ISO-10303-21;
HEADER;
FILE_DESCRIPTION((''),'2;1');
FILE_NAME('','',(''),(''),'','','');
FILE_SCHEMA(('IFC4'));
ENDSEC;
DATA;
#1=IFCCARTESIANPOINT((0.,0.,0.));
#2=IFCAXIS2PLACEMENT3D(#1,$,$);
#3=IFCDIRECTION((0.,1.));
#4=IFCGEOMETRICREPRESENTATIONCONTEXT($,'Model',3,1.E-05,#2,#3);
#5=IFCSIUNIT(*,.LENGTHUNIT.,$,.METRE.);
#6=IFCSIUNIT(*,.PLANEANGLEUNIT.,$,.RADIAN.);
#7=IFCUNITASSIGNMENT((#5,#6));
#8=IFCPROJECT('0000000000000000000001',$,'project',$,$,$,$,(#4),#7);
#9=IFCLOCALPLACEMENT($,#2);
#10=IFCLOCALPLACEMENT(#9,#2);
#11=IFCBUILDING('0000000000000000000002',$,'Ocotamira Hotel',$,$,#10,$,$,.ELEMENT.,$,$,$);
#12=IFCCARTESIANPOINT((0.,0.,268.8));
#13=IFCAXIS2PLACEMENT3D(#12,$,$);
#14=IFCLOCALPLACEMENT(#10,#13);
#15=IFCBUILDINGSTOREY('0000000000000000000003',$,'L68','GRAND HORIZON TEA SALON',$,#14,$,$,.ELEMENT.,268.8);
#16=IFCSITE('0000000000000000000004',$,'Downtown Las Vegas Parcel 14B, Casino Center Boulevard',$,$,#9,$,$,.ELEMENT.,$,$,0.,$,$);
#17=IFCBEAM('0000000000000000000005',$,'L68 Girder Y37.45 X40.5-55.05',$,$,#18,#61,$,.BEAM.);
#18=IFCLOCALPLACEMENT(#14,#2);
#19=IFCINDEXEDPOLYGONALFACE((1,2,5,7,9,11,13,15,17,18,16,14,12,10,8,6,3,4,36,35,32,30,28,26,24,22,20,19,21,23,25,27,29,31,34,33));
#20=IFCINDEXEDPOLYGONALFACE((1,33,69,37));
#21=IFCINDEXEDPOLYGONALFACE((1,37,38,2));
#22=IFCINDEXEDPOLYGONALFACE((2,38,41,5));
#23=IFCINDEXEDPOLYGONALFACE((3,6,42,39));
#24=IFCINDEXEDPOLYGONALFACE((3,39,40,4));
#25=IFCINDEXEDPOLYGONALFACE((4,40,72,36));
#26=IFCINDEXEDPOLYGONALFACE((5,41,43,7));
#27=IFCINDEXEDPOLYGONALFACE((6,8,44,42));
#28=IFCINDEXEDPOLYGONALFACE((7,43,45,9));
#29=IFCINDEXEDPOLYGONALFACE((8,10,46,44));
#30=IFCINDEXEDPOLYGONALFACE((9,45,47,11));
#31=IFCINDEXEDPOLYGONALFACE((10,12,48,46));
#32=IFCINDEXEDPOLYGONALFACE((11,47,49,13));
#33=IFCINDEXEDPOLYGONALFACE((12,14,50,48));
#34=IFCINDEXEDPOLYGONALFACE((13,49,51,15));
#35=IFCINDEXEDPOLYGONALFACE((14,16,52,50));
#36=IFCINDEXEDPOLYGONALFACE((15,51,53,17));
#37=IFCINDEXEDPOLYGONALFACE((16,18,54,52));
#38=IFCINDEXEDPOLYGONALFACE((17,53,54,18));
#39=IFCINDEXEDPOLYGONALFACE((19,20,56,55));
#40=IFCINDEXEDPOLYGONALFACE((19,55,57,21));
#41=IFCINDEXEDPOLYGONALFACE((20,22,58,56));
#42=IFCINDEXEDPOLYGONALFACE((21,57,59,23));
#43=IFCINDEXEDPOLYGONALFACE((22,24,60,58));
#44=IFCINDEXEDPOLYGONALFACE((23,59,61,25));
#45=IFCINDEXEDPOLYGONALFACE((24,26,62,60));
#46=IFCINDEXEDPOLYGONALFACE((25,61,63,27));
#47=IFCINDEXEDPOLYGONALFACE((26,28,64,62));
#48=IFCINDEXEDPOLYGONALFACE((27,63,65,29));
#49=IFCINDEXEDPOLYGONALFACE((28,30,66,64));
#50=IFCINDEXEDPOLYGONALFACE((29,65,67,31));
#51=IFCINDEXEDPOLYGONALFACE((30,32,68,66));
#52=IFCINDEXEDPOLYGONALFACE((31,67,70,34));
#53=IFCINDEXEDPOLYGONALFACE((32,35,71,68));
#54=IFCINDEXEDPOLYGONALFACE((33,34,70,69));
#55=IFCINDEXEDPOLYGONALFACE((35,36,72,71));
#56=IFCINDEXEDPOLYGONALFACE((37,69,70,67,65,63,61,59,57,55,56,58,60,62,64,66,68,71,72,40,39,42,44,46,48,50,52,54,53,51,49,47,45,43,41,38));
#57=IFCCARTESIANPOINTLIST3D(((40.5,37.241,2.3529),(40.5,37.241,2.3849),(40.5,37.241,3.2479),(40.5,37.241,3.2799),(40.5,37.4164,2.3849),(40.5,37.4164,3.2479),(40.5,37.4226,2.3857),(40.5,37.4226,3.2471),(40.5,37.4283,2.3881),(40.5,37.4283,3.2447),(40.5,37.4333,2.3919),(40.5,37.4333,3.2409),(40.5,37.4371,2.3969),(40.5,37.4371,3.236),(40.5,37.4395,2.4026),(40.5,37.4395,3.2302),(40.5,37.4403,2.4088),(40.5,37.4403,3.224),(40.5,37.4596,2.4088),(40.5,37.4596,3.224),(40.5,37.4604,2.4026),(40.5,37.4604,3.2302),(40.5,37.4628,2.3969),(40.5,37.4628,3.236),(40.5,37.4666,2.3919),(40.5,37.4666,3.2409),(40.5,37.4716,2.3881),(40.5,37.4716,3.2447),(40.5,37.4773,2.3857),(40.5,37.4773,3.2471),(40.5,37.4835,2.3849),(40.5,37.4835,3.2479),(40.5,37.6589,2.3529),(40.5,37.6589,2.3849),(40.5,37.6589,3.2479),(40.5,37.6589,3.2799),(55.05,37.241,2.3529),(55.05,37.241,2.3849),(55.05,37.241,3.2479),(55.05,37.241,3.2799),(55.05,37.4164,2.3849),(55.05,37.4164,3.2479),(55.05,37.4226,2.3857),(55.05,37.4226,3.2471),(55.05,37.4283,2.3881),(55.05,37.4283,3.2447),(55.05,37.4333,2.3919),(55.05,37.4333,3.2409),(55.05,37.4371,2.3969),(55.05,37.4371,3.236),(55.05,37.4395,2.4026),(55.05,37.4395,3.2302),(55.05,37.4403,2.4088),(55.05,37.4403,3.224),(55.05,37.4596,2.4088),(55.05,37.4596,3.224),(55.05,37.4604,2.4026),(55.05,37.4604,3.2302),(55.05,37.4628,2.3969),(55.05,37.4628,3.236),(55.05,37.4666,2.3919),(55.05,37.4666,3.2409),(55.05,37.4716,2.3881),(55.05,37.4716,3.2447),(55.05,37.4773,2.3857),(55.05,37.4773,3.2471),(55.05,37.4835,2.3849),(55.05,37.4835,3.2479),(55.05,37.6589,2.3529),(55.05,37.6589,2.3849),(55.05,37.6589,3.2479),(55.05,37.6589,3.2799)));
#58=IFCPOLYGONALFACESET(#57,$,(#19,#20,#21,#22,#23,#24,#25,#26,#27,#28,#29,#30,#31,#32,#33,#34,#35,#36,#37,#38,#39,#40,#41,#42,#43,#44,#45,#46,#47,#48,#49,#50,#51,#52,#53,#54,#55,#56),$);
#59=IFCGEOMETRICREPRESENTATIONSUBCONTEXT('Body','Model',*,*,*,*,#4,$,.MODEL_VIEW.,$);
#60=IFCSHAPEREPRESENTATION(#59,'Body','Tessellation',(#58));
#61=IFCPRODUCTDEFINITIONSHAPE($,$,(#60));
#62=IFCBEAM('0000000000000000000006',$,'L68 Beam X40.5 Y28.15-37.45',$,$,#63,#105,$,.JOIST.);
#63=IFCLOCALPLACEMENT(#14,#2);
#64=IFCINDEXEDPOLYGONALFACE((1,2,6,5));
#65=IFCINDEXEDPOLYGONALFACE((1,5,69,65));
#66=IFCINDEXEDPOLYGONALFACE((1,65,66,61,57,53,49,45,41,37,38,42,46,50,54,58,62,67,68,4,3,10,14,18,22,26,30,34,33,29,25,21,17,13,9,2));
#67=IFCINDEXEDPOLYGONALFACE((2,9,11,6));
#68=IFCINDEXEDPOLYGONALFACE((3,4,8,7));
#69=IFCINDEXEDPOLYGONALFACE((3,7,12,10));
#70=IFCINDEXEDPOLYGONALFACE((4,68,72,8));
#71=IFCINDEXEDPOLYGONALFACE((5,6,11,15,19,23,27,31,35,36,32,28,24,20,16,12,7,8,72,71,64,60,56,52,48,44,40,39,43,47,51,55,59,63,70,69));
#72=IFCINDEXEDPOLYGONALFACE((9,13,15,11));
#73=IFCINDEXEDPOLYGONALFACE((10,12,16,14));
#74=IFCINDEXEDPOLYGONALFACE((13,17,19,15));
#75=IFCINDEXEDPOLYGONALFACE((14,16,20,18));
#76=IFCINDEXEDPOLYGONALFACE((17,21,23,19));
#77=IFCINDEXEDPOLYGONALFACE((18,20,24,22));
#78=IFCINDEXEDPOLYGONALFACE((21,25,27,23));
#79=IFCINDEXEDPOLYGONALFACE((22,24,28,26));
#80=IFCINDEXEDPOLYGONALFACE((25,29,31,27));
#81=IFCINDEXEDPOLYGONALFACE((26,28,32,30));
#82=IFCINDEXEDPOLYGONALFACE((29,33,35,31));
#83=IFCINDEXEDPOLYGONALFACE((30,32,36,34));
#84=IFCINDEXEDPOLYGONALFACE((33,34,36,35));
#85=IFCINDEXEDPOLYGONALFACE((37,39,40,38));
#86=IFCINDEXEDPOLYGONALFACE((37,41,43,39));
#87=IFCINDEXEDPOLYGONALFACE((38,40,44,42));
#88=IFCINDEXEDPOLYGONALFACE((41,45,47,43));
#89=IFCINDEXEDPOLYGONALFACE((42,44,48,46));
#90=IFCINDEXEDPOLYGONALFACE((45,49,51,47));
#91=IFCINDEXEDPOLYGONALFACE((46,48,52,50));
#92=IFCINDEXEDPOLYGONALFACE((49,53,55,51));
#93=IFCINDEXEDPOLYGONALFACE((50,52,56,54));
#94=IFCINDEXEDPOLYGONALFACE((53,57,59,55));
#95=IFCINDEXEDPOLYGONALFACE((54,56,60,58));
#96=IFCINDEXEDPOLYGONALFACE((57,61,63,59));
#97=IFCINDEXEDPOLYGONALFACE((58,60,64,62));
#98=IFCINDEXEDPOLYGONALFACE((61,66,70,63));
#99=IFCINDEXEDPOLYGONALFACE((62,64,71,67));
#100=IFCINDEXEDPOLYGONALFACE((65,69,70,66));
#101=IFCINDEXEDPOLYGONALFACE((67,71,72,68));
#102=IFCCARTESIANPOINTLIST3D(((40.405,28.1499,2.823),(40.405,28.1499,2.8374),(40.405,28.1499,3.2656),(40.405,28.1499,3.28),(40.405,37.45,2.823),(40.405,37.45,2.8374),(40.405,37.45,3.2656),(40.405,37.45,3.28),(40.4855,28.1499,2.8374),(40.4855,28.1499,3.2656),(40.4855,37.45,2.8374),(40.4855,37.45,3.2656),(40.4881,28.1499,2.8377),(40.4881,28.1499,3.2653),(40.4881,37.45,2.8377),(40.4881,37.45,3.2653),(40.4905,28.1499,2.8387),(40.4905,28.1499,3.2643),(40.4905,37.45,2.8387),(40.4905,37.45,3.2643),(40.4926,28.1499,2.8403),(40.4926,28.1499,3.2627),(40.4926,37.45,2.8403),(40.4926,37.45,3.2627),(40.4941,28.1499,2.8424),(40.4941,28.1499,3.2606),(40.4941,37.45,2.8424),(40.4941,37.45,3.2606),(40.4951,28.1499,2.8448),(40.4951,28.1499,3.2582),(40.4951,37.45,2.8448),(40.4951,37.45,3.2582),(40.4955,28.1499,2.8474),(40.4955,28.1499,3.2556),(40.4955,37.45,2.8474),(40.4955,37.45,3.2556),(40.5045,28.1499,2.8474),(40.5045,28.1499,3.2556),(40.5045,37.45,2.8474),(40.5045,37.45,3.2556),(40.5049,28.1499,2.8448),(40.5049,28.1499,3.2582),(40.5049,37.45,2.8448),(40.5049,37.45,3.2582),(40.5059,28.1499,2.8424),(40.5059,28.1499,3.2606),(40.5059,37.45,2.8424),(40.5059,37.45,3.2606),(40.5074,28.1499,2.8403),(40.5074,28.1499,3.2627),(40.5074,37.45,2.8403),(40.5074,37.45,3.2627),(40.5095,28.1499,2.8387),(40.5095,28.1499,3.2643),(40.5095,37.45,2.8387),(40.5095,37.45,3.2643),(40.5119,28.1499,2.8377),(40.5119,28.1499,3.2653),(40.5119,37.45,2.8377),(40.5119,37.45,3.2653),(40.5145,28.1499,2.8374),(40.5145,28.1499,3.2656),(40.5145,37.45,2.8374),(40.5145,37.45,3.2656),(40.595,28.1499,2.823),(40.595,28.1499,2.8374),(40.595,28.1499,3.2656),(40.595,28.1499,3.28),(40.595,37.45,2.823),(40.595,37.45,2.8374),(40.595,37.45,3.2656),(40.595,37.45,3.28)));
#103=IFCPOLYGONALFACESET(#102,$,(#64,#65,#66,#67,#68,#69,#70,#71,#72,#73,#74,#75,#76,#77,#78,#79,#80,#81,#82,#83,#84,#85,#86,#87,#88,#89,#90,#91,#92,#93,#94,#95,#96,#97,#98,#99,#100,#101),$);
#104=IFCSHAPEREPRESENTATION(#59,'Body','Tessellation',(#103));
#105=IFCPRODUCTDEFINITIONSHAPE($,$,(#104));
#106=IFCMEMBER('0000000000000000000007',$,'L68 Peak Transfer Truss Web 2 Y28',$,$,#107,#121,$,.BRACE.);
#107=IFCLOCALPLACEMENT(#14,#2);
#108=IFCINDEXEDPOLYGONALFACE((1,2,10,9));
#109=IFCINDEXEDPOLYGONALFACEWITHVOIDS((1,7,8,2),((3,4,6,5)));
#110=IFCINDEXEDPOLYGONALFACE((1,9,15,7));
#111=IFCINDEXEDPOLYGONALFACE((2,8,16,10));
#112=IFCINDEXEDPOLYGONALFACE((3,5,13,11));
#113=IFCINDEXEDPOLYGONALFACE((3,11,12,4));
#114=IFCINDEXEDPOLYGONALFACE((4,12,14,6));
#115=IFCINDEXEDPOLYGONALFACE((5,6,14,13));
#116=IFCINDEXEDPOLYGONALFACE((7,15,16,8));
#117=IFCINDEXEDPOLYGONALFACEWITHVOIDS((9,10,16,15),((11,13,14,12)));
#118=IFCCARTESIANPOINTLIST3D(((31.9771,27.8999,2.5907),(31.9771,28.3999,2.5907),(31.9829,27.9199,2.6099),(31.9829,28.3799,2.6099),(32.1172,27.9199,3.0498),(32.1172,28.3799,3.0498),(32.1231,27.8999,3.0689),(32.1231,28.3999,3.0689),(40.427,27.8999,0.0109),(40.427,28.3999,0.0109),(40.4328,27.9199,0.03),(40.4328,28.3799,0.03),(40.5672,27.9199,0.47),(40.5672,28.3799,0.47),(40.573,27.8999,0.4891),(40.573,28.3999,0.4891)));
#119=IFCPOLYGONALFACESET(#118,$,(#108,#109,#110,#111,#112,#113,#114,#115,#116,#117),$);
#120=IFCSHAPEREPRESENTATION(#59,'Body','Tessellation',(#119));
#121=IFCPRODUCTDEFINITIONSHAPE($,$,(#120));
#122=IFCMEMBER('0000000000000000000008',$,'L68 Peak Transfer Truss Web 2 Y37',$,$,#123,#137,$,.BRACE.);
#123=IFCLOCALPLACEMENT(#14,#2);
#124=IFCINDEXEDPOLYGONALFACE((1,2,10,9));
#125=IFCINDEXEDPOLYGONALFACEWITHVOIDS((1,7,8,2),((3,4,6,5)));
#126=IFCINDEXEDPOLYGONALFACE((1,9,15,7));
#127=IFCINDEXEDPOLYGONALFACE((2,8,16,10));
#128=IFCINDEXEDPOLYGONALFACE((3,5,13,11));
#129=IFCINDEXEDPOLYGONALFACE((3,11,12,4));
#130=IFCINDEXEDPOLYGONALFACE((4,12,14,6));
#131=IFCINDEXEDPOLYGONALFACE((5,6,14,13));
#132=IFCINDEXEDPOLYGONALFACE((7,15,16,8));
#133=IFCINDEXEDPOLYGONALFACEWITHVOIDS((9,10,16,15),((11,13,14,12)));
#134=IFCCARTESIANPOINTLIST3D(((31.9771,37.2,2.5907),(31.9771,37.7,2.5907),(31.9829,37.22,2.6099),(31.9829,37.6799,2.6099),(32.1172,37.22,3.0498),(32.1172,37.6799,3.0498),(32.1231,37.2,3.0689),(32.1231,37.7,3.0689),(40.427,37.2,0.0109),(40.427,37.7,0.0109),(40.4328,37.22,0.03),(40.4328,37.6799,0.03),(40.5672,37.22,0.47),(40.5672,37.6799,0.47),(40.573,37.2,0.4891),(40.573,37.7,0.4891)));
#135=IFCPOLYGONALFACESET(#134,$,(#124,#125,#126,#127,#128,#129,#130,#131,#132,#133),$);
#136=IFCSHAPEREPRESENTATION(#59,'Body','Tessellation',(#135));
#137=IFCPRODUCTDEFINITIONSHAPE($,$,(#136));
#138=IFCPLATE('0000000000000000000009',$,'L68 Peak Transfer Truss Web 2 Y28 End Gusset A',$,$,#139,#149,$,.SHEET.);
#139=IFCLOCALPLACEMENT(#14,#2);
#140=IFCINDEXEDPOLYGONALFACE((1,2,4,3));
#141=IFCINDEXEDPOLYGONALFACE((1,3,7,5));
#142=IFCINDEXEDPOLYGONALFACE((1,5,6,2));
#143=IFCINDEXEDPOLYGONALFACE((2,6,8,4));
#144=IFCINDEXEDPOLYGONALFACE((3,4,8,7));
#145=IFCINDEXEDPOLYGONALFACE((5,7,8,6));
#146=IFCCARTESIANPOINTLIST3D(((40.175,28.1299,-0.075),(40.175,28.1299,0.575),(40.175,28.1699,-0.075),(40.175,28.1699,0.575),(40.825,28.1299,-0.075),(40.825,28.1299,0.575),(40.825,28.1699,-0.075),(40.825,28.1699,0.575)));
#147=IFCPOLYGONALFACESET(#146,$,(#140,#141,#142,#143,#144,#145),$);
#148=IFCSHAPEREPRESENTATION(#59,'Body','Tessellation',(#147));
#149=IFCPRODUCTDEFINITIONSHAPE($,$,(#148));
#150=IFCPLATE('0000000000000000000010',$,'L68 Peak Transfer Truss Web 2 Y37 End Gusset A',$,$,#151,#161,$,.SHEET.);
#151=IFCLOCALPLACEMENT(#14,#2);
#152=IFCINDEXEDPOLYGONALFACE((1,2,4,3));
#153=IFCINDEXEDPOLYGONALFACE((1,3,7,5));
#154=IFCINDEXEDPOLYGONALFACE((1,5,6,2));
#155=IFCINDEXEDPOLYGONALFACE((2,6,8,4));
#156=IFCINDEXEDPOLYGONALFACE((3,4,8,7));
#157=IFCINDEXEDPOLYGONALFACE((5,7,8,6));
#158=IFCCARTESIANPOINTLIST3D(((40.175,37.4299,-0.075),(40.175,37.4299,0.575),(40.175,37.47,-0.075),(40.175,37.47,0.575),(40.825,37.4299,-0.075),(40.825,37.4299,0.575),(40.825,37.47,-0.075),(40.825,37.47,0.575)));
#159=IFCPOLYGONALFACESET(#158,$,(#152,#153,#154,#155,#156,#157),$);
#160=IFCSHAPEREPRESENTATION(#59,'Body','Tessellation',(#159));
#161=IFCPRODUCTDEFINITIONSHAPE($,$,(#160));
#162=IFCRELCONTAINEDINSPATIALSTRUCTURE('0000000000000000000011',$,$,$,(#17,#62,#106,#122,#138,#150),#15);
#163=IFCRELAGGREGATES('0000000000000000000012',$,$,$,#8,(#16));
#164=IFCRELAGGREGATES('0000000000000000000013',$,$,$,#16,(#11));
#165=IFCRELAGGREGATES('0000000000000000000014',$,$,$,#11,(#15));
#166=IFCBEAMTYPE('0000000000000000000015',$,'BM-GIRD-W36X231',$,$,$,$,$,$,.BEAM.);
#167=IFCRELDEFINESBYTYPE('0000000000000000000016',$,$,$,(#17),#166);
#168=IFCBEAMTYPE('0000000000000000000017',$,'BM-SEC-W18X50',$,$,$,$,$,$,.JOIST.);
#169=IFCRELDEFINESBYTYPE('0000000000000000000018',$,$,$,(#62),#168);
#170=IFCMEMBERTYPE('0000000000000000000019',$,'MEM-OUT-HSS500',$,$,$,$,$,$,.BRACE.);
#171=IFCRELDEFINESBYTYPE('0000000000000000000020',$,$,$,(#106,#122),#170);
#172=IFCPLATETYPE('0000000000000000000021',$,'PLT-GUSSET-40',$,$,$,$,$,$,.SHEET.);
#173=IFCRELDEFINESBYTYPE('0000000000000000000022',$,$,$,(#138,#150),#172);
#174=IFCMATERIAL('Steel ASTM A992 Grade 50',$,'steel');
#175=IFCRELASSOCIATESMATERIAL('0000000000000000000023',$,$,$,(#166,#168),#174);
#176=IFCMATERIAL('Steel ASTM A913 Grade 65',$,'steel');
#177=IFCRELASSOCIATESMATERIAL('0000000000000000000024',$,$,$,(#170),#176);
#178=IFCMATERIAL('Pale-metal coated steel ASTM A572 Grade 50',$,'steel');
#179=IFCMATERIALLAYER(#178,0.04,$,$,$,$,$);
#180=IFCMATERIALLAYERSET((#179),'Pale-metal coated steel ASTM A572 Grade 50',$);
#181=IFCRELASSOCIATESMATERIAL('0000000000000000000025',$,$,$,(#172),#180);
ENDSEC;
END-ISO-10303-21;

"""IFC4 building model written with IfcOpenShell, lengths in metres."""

from ifc_helpers import new_model, si_unit, direction, frame, origin, origin_2d, place, context, subcontext, project, spatial, rectangle, hollow_rectangle, i_section, extrude, source, transform, mapped, material, layer, layer_set, material_profile, profile_set, type_object, element, save


model = new_model("IFC4")

# Units and contexts
model_context = context("Model", 3, precision=1e-05, world=origin(), true_north=direction((0.0, 1.0)))
body_context = subcontext(model_context, "Body", "Model", "MODEL_VIEW")
ifc_project = project(units=[si_unit("LENGTHUNIT", "METRE"), si_unit("PLANEANGLEUNIT", "RADIAN")], contexts=[model_context])

# Site, building, storey
site_placement = place(None, origin())
site = spatial("IfcSite", under=ifc_project, at=site_placement, Name="Downtown Las Vegas Parcel 14B, Casino Center Boulevard", CompositionType="ELEMENT", RefElevation=0.0)
building_placement = place(site_placement, origin())
building = spatial("IfcBuilding", under=site, at=building_placement, Name="Ocotamira Hotel", CompositionType="ELEMENT")
storey_placement = place(building_placement, frame((0.0, 0.0, 268.8)))
storey = spatial("IfcBuildingStorey", under=building, at=storey_placement, Name="L68", Description="GRAND HORIZON TEA SALON", CompositionType="ELEMENT", Elevation=268.8)

# Shared definitions
ifc_material_1 = material(Name="Steel ASTM A913 Grade 65", Category="steel")

# Beams
ifc_material_2 = material(Name="Steel ASTM A992 Grade 50", Category="steel")
ifc_material_profile_1 = material_profile(ifc_material_2, i_section(OverallWidth=0.418, OverallDepth=0.927, WebThickness=0.0193, FlangeThickness=0.032, FilletRadius=0.0239, at=origin_2d()), Name="W36X231")
ifc_profile_set_1 = profile_set([ifc_material_profile_1], Name="Steel ASTM A992 Grade 50")
beam_type_1 = type_object("IfcBeamType", Name="BM-GIRD-W36X231", PredefinedType="BEAM", material=ifc_profile_set_1)
shared_shape_1 = source(origin(), body_context, "Body", "SweptSolid", [
    extrude(i_section(OverallWidth=0.418, OverallDepth=0.927, WebThickness=0.0193, FlangeThickness=0.032, FilletRadius=0.0239, at=origin_2d()), origin(), (0.0, 0.0, 1.0), 14.55),
])
for number, where, z_axis, x_axis, name in (
    (1, (40.5, 37.45, 2.8164), (1.0, 0.0, 0.0), (0.0, 1.0, 0.0), "L68 Girder Y37.45 X40.5-55.05"),
):
    element("IfcBeam", number, at=place(storey_placement, frame(where, z_axis=z_axis, x_axis=x_axis)), inside=storey, type_object=beam_type_1, Name=name, PredefinedType="BEAM", context=body_context, shape_type="MappedRepresentation", body=[
        mapped(shared_shape_1, transform((0.0, 0.0, 0.0), scale=1.0)),
    ])
ifc_material_profile_2 = material_profile(ifc_material_2, i_section(OverallWidth=0.1899, OverallDepth=0.457, WebThickness=0.009, FlangeThickness=0.0144, FilletRadius=0.01, at=origin_2d()), Name="W18X50")
ifc_profile_set_2 = profile_set([ifc_material_profile_2], Name="Steel ASTM A992 Grade 50")
beam_type_2 = type_object("IfcBeamType", Name="BM-SEC-W18X50", PredefinedType="JOIST", material=ifc_profile_set_2)
shared_shape_2 = source(origin(), body_context, "Body", "SweptSolid", [
    extrude(i_section(OverallWidth=0.1899, OverallDepth=0.457, WebThickness=0.009, FlangeThickness=0.0144, FilletRadius=0.01, at=origin_2d()), origin(), (0.0, 0.0, 1.0), 9.3),
])
beam_1_placement = place(storey_placement, frame((40.5, 28.1499, 3.0515), z_axis=(0.0, 1.0, 0.0), x_axis=(-1.0, 0.0, 0.0)))
element("IfcBeam", 2, at=beam_1_placement, inside=storey, type_object=beam_type_2, Name="L68 Beam X40.5 Y28.15-37.45", PredefinedType="JOIST", context=body_context, shape_type="MappedRepresentation", body=[
    mapped(shared_shape_2, transform((0.0, 0.0, 0.0), scale=1.0)),
])

# Members
ifc_material_profile_3 = material_profile(ifc_material_1, hollow_rectangle(XDim=0.5, YDim=0.5, WallThickness=0.02, at=origin_2d()), Name="HSS500X500X20")
ifc_profile_set_3 = profile_set([ifc_material_profile_3], Name="Steel ASTM A913 Grade 65")
member_type = type_object("IfcMemberType", Name="MEM-OUT-HSS500", PredefinedType="BRACE", material=ifc_profile_set_3)
shared_shape_3 = source(origin(), body_context, "Body", "SweptSolid", [
    extrude(hollow_rectangle(XDim=0.5, YDim=0.5, WallThickness=0.02, at=origin_2d()), origin(), (0.0, 0.0, 1.0), 8.835),
])
for number, where, z_axis, x_axis, name in (
    (3, (40.5, 28.1499, 0.25), (-0.956418, 0.0, 0.292002), (0.0, -1.0, 0.0), "L68 Peak Transfer Truss Web 2 Y28"),
    (4, (40.5, 37.45, 0.25), (-0.956418, 0.0, 0.292002), (0.0, -1.0, 0.0), "L68 Peak Transfer Truss Web 2 Y37"),
):
    element("IfcMember", number, at=place(storey_placement, frame(where, z_axis=z_axis, x_axis=x_axis)), inside=storey, type_object=member_type, Name=name, PredefinedType="BRACE", context=body_context, shape_type="MappedRepresentation", body=[
        mapped(shared_shape_3, transform((0.0, 0.0, 0.0), scale=1.0)),
    ])

# Plates
ifc_material_3 = material(Name="Pale-metal coated steel ASTM A572 Grade 50", Category="steel")
ifc_layer_1 = layer(ifc_material_3, 0.04)
ifc_layer_set_1 = layer_set([ifc_layer_1], Name="Pale-metal coated steel ASTM A572 Grade 50")
plate_type = type_object("IfcPlateType", Name="PLT-GUSSET-40", PredefinedType="SHEET", material=ifc_layer_set_1)
shared_shape_4 = source(origin(), body_context, "Body", "SweptSolid", [
    extrude(rectangle(XDim=0.6499, YDim=0.04, at=origin_2d()), origin(), (0.0, 0.0, 1.0), 0.6499),
])
for number, where, z_axis, x_axis, name in (
    (5, (40.5, 28.1499, -0.075), (0.0, 0.0, 1.0), (-1.0, 0.0, 0.0), "L68 Peak Transfer Truss Web 2 Y28 End Gusset A"),
    (6, (40.5, 37.45, -0.075), (0.0, 0.0, 1.0), (-1.0, 0.0, 0.0), "L68 Peak Transfer Truss Web 2 Y37 End Gusset A"),
):
    element("IfcPlate", number, at=place(storey_placement, frame(where, z_axis=z_axis, x_axis=x_axis)), inside=storey, type_object=plate_type, Name=name, PredefinedType="SHEET", context=body_context, shape_type="MappedRepresentation", body=[
        mapped(shared_shape_4, transform((0.0, 0.0, 0.0), scale=1.0)),
    ])

save(model, "model.ifc")
